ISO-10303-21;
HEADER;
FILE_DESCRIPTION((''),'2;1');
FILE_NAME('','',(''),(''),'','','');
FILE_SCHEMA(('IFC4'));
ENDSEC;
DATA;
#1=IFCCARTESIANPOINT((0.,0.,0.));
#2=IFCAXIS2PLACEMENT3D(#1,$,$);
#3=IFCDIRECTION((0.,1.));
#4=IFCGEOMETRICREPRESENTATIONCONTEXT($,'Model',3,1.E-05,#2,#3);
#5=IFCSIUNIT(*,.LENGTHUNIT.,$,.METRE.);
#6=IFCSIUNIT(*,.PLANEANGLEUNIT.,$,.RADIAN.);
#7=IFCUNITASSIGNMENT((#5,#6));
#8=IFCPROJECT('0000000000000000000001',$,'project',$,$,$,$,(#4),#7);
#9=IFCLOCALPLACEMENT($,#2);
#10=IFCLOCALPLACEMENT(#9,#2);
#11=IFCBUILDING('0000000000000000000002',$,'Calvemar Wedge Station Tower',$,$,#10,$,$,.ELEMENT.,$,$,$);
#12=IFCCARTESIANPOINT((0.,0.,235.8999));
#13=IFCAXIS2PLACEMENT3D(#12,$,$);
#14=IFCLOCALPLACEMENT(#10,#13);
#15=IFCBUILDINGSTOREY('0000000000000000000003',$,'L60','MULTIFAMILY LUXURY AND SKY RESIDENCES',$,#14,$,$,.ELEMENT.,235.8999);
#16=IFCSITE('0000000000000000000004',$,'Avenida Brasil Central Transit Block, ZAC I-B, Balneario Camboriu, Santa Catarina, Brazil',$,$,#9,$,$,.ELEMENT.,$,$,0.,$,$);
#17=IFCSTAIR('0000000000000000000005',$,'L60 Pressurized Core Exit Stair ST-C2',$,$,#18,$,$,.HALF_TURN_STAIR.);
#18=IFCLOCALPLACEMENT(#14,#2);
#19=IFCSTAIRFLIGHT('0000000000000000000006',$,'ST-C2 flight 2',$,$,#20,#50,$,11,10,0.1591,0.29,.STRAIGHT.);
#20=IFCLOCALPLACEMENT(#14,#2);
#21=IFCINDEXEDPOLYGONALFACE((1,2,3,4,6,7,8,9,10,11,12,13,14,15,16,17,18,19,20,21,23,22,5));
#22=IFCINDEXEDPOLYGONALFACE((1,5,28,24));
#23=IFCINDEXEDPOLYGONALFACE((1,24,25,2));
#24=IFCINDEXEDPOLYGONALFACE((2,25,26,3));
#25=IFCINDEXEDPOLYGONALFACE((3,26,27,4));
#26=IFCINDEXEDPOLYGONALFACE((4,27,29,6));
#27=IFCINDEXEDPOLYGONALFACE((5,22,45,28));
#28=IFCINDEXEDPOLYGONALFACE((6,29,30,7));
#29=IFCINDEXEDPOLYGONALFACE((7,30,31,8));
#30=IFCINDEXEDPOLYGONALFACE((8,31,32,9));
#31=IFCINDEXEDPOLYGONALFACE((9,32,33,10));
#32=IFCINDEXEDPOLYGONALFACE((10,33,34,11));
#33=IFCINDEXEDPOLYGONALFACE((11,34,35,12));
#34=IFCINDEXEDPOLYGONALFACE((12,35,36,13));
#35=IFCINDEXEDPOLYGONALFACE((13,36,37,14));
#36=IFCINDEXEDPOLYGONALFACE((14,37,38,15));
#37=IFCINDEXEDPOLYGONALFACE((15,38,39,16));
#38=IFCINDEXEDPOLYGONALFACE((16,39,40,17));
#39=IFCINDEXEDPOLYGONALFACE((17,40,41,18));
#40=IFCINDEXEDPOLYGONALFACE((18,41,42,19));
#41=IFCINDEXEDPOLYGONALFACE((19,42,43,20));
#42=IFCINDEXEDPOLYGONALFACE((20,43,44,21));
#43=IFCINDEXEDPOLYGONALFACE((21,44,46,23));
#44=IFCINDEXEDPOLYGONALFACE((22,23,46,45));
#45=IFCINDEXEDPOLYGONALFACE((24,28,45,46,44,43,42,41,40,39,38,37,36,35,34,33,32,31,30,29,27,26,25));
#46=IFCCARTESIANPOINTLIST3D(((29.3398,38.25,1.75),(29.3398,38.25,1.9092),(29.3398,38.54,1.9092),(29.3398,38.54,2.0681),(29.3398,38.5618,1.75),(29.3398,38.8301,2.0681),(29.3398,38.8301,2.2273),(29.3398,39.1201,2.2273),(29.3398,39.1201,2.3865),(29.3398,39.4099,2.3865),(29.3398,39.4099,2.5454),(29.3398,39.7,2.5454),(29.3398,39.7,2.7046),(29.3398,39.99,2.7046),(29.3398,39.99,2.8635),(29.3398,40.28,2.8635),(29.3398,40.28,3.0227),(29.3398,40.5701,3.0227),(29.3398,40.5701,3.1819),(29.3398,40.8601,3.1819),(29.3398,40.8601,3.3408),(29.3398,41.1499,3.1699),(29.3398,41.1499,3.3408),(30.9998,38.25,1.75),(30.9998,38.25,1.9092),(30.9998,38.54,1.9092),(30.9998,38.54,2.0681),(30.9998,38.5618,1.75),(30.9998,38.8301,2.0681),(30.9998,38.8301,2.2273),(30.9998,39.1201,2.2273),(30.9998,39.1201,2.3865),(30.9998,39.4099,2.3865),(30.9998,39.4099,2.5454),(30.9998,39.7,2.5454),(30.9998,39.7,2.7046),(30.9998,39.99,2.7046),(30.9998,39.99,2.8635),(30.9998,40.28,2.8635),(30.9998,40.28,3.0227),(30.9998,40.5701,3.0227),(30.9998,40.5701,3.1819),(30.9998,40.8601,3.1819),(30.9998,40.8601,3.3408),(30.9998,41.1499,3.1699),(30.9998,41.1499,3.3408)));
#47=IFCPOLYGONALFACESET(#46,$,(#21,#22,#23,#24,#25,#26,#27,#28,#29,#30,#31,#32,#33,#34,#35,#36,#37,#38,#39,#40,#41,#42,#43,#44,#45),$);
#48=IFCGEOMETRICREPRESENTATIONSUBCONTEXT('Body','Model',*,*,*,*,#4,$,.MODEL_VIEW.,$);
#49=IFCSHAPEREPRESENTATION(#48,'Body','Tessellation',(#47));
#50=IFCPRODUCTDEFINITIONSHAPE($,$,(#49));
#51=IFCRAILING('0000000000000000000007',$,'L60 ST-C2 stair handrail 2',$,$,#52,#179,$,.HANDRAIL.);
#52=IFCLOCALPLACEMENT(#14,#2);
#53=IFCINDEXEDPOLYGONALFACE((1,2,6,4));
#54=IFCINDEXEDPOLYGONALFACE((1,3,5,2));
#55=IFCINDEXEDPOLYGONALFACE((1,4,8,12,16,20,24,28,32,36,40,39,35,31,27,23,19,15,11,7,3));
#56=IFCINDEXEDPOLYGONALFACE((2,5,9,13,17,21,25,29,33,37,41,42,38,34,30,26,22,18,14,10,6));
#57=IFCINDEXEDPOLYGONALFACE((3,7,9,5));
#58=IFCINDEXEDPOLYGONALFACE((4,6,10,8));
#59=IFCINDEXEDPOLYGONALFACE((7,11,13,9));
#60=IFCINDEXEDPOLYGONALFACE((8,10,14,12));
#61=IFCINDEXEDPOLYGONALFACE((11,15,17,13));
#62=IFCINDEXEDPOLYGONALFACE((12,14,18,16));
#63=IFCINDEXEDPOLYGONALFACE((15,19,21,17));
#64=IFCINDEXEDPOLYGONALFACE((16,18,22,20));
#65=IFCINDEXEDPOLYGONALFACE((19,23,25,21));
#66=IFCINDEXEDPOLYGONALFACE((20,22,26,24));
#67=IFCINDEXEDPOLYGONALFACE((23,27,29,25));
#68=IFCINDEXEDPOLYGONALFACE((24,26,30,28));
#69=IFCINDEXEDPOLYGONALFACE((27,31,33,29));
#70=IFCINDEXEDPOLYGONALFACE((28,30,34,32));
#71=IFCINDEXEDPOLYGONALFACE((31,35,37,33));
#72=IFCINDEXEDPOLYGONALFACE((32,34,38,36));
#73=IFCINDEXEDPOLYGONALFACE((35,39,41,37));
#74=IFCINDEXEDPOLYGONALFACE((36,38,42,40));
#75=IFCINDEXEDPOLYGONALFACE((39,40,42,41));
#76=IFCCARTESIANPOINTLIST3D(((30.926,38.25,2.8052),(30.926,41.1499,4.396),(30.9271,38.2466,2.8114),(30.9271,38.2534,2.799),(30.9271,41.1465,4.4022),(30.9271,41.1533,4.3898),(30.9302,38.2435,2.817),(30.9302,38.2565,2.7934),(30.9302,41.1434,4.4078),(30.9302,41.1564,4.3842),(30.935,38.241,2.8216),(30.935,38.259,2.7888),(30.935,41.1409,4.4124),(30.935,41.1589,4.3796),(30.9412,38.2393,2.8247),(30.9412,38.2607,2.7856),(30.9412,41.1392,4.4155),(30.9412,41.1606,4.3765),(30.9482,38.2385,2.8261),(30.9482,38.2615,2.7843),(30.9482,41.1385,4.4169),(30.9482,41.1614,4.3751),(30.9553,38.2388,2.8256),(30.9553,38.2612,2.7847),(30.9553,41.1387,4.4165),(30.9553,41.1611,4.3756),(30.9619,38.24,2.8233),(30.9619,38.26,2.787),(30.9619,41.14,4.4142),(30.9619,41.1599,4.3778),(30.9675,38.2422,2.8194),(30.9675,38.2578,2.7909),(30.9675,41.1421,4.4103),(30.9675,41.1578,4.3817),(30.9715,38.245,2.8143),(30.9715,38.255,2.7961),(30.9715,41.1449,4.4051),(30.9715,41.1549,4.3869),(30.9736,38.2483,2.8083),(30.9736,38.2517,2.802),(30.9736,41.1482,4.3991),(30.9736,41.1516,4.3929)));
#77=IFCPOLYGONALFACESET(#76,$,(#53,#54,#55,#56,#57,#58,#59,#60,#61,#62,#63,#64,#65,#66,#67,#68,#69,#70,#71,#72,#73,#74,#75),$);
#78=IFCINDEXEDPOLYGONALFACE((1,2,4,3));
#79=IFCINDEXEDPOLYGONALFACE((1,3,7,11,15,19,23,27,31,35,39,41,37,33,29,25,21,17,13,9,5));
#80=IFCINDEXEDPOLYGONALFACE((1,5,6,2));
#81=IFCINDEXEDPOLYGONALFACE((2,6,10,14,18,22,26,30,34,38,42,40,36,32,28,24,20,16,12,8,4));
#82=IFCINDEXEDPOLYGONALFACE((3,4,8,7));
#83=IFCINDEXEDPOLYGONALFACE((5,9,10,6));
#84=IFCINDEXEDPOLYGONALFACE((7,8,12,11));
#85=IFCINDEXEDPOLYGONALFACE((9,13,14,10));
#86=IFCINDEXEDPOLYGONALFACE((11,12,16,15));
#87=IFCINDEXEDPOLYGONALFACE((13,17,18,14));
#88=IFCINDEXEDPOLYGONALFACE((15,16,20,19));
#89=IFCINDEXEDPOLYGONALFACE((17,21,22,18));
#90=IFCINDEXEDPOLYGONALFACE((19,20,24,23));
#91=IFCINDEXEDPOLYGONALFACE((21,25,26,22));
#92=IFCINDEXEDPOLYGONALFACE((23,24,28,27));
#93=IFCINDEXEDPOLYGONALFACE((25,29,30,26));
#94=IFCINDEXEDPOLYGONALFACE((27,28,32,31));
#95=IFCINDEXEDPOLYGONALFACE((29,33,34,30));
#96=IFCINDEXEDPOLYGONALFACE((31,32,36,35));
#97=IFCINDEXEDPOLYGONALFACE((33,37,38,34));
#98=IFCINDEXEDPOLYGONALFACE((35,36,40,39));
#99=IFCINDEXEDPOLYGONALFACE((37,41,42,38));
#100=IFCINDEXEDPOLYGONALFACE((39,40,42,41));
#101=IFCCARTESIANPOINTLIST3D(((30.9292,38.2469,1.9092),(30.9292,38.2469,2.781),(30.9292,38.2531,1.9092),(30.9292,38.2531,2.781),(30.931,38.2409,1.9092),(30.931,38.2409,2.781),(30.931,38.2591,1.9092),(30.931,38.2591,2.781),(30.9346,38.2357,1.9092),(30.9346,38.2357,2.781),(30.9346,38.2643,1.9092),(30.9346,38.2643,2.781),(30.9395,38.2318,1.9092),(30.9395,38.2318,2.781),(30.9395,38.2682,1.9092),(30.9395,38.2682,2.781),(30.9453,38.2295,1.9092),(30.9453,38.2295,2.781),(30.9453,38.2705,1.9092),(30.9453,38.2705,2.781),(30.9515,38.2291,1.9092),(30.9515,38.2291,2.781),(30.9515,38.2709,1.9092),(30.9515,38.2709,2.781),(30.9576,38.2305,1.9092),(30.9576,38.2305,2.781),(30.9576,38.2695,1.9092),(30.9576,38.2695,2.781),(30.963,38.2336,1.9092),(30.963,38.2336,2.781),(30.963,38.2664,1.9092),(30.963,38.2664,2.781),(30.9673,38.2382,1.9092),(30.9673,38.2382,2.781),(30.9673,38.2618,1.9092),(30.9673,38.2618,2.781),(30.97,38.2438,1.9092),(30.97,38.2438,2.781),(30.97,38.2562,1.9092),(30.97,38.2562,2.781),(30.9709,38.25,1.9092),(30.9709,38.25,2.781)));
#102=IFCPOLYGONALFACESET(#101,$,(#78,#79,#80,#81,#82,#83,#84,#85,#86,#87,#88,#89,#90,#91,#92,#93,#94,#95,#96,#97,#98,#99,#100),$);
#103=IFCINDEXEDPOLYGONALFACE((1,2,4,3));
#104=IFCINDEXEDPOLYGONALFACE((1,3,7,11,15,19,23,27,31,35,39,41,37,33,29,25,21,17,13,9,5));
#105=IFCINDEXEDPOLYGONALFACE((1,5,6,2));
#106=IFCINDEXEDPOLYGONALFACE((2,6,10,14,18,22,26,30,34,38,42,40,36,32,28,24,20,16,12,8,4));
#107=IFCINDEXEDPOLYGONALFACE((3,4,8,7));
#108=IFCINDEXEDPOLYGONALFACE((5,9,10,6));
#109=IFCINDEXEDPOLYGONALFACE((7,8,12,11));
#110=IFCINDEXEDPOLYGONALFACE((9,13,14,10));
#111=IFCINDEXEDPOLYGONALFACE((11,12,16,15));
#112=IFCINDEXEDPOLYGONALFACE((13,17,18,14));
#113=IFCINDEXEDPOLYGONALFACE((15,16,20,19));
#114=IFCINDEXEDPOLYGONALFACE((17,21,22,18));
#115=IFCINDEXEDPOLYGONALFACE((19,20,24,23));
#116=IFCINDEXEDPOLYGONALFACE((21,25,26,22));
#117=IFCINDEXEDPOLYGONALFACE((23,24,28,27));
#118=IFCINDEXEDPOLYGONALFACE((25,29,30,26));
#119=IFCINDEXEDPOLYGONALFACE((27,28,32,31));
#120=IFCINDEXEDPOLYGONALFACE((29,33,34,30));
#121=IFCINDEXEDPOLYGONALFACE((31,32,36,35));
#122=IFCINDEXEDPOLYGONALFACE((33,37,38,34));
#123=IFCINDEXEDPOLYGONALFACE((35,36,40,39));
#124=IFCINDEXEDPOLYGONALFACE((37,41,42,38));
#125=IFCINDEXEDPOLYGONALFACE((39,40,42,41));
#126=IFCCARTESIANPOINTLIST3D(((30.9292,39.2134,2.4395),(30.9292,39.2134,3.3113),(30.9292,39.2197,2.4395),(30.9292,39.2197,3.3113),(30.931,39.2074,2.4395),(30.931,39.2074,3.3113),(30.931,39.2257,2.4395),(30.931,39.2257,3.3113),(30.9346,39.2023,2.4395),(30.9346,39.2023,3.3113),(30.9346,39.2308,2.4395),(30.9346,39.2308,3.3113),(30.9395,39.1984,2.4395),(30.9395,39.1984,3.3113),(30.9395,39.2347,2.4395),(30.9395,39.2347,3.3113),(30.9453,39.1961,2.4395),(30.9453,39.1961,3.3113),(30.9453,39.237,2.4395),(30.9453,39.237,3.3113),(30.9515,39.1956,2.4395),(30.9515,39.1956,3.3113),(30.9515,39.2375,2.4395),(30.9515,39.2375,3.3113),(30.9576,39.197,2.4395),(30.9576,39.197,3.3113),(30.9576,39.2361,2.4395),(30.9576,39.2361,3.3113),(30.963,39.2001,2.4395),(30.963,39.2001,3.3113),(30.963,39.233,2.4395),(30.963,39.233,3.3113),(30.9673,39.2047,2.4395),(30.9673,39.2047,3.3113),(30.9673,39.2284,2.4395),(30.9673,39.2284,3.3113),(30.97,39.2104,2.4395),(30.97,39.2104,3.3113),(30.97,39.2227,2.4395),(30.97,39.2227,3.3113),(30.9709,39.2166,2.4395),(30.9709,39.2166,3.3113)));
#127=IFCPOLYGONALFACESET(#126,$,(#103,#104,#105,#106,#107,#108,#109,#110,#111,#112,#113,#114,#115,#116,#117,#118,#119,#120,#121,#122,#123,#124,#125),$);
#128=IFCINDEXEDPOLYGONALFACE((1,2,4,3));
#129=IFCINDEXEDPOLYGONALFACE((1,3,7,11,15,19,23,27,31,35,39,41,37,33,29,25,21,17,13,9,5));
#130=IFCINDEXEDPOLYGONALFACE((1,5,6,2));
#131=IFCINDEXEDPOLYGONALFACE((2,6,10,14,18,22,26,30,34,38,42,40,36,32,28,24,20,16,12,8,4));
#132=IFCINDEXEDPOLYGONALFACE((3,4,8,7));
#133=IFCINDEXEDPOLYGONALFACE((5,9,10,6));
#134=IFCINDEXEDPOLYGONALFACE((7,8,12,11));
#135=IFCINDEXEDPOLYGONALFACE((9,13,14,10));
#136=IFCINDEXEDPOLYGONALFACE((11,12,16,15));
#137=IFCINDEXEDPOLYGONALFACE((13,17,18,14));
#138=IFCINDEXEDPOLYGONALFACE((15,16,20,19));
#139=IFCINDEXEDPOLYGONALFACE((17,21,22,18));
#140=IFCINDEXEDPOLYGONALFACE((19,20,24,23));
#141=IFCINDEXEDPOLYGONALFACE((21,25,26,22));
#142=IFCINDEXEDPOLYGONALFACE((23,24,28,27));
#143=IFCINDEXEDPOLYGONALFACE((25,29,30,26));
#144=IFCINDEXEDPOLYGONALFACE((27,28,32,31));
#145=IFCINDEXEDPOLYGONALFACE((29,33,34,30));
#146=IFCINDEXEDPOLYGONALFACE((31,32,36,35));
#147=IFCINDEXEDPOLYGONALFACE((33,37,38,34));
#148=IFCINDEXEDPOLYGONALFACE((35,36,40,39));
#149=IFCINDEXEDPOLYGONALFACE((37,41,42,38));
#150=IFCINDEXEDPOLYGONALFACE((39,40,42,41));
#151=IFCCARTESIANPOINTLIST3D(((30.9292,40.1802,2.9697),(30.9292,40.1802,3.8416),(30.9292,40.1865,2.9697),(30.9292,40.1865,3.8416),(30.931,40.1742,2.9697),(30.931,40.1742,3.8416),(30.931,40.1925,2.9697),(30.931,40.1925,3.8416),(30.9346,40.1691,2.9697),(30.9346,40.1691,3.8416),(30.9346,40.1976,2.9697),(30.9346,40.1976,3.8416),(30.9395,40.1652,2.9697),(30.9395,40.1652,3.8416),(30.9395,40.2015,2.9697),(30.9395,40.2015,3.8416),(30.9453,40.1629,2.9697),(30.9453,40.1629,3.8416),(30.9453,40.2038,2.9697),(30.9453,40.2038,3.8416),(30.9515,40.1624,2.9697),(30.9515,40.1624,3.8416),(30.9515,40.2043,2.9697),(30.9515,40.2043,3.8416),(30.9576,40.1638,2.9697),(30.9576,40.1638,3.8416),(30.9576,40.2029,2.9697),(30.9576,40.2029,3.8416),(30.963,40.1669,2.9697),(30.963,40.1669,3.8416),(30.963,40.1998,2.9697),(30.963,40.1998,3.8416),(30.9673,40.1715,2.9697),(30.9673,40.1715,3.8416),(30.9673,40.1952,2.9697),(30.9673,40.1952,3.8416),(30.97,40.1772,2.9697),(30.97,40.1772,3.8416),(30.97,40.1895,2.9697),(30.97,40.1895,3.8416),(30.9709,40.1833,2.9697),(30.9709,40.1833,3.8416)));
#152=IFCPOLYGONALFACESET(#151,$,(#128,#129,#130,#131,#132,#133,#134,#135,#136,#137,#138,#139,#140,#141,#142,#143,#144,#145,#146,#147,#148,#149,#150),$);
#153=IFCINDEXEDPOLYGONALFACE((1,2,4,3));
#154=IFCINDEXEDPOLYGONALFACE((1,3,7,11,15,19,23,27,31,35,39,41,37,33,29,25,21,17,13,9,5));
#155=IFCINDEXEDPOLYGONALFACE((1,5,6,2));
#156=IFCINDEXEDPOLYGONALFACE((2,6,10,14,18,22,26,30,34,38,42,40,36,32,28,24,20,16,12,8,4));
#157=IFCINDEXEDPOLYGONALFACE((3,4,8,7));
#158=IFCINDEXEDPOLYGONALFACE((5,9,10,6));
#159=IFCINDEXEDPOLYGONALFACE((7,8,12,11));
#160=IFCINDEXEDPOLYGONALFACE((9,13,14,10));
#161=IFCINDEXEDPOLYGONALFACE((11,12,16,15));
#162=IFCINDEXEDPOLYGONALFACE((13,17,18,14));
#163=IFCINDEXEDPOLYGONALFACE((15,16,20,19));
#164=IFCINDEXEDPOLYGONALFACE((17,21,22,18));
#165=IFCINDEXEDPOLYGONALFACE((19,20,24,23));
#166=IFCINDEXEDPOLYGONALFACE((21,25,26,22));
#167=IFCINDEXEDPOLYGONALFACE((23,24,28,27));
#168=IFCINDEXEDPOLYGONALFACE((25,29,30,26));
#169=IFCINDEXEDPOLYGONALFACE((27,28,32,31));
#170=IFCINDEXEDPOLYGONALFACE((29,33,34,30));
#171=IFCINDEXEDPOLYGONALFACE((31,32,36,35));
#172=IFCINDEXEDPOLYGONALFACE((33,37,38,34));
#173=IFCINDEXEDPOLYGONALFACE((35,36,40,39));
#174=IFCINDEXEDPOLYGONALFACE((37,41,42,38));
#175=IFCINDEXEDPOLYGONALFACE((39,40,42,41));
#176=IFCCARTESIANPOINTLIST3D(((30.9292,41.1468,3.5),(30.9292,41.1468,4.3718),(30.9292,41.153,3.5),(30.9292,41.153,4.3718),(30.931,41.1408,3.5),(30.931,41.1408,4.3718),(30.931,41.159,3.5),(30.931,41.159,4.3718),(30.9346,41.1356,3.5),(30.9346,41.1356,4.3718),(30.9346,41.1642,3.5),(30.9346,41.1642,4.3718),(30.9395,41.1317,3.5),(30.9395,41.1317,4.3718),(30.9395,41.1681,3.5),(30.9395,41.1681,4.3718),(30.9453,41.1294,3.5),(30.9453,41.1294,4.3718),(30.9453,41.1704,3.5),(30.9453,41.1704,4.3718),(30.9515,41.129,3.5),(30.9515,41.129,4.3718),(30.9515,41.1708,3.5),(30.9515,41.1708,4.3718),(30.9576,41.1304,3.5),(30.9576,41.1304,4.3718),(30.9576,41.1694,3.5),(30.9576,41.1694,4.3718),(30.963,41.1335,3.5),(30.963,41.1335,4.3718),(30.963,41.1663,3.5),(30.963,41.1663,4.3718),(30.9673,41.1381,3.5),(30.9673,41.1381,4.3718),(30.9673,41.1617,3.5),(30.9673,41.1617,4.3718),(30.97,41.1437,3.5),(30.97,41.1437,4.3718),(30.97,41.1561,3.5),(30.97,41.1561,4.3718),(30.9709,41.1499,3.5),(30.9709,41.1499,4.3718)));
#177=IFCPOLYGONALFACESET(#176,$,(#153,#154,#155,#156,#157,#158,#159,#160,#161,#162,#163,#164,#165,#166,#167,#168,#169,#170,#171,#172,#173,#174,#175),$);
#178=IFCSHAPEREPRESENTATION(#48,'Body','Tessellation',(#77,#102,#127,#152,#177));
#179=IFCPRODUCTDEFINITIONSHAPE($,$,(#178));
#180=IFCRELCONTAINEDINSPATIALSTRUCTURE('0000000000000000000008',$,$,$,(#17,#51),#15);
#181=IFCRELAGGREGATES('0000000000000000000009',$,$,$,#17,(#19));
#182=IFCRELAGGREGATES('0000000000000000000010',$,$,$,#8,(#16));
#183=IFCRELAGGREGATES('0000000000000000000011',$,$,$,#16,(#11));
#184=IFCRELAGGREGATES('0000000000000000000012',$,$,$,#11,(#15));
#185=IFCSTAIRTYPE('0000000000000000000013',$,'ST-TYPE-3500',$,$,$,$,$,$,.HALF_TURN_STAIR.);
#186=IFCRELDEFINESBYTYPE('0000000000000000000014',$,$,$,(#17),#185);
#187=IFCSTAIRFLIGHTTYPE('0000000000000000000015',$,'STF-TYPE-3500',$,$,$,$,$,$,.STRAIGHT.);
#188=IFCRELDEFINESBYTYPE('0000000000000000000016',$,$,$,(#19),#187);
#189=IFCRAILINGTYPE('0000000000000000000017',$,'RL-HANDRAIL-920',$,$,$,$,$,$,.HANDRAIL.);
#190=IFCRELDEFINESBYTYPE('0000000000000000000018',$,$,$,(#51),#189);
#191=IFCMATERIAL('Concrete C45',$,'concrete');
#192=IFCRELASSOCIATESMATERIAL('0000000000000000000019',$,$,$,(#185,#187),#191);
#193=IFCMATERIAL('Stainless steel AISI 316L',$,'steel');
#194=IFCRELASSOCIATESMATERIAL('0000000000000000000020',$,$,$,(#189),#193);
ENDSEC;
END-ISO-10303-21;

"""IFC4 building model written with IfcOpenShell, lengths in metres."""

from ifc_helpers import new_model, si_unit, direction, frame, origin, origin_2d, place, context, subcontext, project, spatial, polyline, circle, outline, extrude, material, type_object, element, aggregate, save


model = new_model("IFC4")

# Units and contexts
model_context = context("Model", 3, precision=1e-05, world=origin(), true_north=direction((0.0, 1.0)))
body_context = subcontext(model_context, "Body", "Model", "MODEL_VIEW")
ifc_project = project(units=[si_unit("LENGTHUNIT", "METRE"), si_unit("PLANEANGLEUNIT", "RADIAN")], contexts=[model_context])

# Site, building, storey
site_placement = place(None, origin())
site = spatial("IfcSite", under=ifc_project, at=site_placement, Name="Avenida Brasil Central Transit Block, ZAC I-B, Balneario Camboriu, Santa Catarina, Brazil", CompositionType="ELEMENT", RefElevation=0.0)
building_placement = place(site_placement, origin())
building = spatial("IfcBuilding", under=site, at=building_placement, Name="Calvemar Wedge Station Tower", CompositionType="ELEMENT")
storey_placement = place(building_placement, frame((0.0, 0.0, 235.8999)))
storey = spatial("IfcBuildingStorey", under=building, at=storey_placement, Name="L60", Description="MULTIFAMILY LUXURY AND SKY RESIDENCES", CompositionType="ELEMENT", Elevation=235.8999)

# Stair, stair flight
ifc_material_1 = material(Name="Concrete C45", Category="concrete")
stair_type = type_object("IfcStairType", Name="ST-TYPE-3500", PredefinedType="HALF_TURN_STAIR", material=ifc_material_1)
stair_placement = place(storey_placement, origin())
stair = element("IfcStair", 1, at=stair_placement, inside=storey, type_object=stair_type, Name="L60 Pressurized Core Exit Stair ST-C2", PredefinedType="HALF_TURN_STAIR")
stair_flight_type = type_object("IfcStairFlightType", Name="STF-TYPE-3500", PredefinedType="STRAIGHT", material=ifc_material_1)
stair_flight_1_placement = place(storey_placement, frame((30.1699, 38.25, 1.75), z_axis=(0.0, 0.0, 1.0), x_axis=(0.0, 1.0, 0.0)))
stair_flight_1 = element("IfcStairFlight", 2, at=stair_flight_1_placement, type_object=stair_flight_type, Name="ST-C2 flight 2", NumberOfRisers=11, NumberOfTreads=10, PredefinedType="STRAIGHT", RiserHeight=0.1591, TreadLength=0.29, context=body_context, shape_type="SweptSolid", body=[
    extrude(outline(polyline([(0.0, 0.0), (0.0, 0.1592), (0.29, 0.1592), (0.29, 0.3181), (0.5801, 0.3181), (0.5801, 0.4773), (0.8701, 0.4773), (0.8701, 0.6365), (1.1599, 0.6365), (1.1599, 0.7954), (1.45, 0.7954), (1.45, 0.9546), (1.74, 0.9546), (1.74, 1.1135), (2.03, 1.1135), (2.03, 1.2727), (2.3201, 1.2727), (2.3201, 1.4319), (2.6101, 1.4319), (2.6101, 1.5908), (2.8999, 1.5908), (2.8999, 1.75), (2.8999, 1.4199), (0.3118, 0.0), (0.0, 0.0)])), frame((0.0, 0.8301, 0.0), z_axis=(0.0, -1.0, 0.0), x_axis=(1.0, 0.0, 0.0)), (0.0, 0.0, 1.0), 1.6599),
])
aggregate(stair, [stair_flight_1])

# Railing
ifc_material_2 = material(Name="Stainless steel AISI 316L", Category="steel")
railing_type_1 = type_object("IfcRailingType", Name="RL-HANDRAIL-920", PredefinedType="HANDRAIL", material=ifc_material_2)
railing_1_placement = place(storey_placement, frame((30.95, 38.25, 1.9092)))
element("IfcRailing", 3, at=railing_1_placement, inside=storey, type_object=railing_type_1, Name="L60 ST-C2 stair handrail 2", PredefinedType="HANDRAIL", context=body_context, shape_type="SweptSolid", body=[
    extrude(circle(Radius=0.0239, at=origin_2d()), frame((0.0, 0.0, 0.896), z_axis=(0.0, 0.876742, 0.480961), x_axis=(-1.0, 0.0, 0.0)), (0.0, 0.0, 1.0), 3.3076),
    extrude(circle(Radius=0.021, at=origin_2d()), origin(), (0.0, 0.0, 1.0), 0.8718),
    extrude(circle(Radius=0.021, at=origin_2d()), frame((0.0, 0.9666, 0.5303)), (0.0, 0.0, 1.0), 0.8718),
    extrude(circle(Radius=0.021, at=origin_2d()), frame((0.0, 1.9333, 1.0605)), (0.0, 0.0, 1.0), 0.8718),
    extrude(circle(Radius=0.021, at=origin_2d()), frame((0.0, 2.8999, 1.5908)), (0.0, 0.0, 1.0), 0.8718),
])

save(model, "model.ifc")
